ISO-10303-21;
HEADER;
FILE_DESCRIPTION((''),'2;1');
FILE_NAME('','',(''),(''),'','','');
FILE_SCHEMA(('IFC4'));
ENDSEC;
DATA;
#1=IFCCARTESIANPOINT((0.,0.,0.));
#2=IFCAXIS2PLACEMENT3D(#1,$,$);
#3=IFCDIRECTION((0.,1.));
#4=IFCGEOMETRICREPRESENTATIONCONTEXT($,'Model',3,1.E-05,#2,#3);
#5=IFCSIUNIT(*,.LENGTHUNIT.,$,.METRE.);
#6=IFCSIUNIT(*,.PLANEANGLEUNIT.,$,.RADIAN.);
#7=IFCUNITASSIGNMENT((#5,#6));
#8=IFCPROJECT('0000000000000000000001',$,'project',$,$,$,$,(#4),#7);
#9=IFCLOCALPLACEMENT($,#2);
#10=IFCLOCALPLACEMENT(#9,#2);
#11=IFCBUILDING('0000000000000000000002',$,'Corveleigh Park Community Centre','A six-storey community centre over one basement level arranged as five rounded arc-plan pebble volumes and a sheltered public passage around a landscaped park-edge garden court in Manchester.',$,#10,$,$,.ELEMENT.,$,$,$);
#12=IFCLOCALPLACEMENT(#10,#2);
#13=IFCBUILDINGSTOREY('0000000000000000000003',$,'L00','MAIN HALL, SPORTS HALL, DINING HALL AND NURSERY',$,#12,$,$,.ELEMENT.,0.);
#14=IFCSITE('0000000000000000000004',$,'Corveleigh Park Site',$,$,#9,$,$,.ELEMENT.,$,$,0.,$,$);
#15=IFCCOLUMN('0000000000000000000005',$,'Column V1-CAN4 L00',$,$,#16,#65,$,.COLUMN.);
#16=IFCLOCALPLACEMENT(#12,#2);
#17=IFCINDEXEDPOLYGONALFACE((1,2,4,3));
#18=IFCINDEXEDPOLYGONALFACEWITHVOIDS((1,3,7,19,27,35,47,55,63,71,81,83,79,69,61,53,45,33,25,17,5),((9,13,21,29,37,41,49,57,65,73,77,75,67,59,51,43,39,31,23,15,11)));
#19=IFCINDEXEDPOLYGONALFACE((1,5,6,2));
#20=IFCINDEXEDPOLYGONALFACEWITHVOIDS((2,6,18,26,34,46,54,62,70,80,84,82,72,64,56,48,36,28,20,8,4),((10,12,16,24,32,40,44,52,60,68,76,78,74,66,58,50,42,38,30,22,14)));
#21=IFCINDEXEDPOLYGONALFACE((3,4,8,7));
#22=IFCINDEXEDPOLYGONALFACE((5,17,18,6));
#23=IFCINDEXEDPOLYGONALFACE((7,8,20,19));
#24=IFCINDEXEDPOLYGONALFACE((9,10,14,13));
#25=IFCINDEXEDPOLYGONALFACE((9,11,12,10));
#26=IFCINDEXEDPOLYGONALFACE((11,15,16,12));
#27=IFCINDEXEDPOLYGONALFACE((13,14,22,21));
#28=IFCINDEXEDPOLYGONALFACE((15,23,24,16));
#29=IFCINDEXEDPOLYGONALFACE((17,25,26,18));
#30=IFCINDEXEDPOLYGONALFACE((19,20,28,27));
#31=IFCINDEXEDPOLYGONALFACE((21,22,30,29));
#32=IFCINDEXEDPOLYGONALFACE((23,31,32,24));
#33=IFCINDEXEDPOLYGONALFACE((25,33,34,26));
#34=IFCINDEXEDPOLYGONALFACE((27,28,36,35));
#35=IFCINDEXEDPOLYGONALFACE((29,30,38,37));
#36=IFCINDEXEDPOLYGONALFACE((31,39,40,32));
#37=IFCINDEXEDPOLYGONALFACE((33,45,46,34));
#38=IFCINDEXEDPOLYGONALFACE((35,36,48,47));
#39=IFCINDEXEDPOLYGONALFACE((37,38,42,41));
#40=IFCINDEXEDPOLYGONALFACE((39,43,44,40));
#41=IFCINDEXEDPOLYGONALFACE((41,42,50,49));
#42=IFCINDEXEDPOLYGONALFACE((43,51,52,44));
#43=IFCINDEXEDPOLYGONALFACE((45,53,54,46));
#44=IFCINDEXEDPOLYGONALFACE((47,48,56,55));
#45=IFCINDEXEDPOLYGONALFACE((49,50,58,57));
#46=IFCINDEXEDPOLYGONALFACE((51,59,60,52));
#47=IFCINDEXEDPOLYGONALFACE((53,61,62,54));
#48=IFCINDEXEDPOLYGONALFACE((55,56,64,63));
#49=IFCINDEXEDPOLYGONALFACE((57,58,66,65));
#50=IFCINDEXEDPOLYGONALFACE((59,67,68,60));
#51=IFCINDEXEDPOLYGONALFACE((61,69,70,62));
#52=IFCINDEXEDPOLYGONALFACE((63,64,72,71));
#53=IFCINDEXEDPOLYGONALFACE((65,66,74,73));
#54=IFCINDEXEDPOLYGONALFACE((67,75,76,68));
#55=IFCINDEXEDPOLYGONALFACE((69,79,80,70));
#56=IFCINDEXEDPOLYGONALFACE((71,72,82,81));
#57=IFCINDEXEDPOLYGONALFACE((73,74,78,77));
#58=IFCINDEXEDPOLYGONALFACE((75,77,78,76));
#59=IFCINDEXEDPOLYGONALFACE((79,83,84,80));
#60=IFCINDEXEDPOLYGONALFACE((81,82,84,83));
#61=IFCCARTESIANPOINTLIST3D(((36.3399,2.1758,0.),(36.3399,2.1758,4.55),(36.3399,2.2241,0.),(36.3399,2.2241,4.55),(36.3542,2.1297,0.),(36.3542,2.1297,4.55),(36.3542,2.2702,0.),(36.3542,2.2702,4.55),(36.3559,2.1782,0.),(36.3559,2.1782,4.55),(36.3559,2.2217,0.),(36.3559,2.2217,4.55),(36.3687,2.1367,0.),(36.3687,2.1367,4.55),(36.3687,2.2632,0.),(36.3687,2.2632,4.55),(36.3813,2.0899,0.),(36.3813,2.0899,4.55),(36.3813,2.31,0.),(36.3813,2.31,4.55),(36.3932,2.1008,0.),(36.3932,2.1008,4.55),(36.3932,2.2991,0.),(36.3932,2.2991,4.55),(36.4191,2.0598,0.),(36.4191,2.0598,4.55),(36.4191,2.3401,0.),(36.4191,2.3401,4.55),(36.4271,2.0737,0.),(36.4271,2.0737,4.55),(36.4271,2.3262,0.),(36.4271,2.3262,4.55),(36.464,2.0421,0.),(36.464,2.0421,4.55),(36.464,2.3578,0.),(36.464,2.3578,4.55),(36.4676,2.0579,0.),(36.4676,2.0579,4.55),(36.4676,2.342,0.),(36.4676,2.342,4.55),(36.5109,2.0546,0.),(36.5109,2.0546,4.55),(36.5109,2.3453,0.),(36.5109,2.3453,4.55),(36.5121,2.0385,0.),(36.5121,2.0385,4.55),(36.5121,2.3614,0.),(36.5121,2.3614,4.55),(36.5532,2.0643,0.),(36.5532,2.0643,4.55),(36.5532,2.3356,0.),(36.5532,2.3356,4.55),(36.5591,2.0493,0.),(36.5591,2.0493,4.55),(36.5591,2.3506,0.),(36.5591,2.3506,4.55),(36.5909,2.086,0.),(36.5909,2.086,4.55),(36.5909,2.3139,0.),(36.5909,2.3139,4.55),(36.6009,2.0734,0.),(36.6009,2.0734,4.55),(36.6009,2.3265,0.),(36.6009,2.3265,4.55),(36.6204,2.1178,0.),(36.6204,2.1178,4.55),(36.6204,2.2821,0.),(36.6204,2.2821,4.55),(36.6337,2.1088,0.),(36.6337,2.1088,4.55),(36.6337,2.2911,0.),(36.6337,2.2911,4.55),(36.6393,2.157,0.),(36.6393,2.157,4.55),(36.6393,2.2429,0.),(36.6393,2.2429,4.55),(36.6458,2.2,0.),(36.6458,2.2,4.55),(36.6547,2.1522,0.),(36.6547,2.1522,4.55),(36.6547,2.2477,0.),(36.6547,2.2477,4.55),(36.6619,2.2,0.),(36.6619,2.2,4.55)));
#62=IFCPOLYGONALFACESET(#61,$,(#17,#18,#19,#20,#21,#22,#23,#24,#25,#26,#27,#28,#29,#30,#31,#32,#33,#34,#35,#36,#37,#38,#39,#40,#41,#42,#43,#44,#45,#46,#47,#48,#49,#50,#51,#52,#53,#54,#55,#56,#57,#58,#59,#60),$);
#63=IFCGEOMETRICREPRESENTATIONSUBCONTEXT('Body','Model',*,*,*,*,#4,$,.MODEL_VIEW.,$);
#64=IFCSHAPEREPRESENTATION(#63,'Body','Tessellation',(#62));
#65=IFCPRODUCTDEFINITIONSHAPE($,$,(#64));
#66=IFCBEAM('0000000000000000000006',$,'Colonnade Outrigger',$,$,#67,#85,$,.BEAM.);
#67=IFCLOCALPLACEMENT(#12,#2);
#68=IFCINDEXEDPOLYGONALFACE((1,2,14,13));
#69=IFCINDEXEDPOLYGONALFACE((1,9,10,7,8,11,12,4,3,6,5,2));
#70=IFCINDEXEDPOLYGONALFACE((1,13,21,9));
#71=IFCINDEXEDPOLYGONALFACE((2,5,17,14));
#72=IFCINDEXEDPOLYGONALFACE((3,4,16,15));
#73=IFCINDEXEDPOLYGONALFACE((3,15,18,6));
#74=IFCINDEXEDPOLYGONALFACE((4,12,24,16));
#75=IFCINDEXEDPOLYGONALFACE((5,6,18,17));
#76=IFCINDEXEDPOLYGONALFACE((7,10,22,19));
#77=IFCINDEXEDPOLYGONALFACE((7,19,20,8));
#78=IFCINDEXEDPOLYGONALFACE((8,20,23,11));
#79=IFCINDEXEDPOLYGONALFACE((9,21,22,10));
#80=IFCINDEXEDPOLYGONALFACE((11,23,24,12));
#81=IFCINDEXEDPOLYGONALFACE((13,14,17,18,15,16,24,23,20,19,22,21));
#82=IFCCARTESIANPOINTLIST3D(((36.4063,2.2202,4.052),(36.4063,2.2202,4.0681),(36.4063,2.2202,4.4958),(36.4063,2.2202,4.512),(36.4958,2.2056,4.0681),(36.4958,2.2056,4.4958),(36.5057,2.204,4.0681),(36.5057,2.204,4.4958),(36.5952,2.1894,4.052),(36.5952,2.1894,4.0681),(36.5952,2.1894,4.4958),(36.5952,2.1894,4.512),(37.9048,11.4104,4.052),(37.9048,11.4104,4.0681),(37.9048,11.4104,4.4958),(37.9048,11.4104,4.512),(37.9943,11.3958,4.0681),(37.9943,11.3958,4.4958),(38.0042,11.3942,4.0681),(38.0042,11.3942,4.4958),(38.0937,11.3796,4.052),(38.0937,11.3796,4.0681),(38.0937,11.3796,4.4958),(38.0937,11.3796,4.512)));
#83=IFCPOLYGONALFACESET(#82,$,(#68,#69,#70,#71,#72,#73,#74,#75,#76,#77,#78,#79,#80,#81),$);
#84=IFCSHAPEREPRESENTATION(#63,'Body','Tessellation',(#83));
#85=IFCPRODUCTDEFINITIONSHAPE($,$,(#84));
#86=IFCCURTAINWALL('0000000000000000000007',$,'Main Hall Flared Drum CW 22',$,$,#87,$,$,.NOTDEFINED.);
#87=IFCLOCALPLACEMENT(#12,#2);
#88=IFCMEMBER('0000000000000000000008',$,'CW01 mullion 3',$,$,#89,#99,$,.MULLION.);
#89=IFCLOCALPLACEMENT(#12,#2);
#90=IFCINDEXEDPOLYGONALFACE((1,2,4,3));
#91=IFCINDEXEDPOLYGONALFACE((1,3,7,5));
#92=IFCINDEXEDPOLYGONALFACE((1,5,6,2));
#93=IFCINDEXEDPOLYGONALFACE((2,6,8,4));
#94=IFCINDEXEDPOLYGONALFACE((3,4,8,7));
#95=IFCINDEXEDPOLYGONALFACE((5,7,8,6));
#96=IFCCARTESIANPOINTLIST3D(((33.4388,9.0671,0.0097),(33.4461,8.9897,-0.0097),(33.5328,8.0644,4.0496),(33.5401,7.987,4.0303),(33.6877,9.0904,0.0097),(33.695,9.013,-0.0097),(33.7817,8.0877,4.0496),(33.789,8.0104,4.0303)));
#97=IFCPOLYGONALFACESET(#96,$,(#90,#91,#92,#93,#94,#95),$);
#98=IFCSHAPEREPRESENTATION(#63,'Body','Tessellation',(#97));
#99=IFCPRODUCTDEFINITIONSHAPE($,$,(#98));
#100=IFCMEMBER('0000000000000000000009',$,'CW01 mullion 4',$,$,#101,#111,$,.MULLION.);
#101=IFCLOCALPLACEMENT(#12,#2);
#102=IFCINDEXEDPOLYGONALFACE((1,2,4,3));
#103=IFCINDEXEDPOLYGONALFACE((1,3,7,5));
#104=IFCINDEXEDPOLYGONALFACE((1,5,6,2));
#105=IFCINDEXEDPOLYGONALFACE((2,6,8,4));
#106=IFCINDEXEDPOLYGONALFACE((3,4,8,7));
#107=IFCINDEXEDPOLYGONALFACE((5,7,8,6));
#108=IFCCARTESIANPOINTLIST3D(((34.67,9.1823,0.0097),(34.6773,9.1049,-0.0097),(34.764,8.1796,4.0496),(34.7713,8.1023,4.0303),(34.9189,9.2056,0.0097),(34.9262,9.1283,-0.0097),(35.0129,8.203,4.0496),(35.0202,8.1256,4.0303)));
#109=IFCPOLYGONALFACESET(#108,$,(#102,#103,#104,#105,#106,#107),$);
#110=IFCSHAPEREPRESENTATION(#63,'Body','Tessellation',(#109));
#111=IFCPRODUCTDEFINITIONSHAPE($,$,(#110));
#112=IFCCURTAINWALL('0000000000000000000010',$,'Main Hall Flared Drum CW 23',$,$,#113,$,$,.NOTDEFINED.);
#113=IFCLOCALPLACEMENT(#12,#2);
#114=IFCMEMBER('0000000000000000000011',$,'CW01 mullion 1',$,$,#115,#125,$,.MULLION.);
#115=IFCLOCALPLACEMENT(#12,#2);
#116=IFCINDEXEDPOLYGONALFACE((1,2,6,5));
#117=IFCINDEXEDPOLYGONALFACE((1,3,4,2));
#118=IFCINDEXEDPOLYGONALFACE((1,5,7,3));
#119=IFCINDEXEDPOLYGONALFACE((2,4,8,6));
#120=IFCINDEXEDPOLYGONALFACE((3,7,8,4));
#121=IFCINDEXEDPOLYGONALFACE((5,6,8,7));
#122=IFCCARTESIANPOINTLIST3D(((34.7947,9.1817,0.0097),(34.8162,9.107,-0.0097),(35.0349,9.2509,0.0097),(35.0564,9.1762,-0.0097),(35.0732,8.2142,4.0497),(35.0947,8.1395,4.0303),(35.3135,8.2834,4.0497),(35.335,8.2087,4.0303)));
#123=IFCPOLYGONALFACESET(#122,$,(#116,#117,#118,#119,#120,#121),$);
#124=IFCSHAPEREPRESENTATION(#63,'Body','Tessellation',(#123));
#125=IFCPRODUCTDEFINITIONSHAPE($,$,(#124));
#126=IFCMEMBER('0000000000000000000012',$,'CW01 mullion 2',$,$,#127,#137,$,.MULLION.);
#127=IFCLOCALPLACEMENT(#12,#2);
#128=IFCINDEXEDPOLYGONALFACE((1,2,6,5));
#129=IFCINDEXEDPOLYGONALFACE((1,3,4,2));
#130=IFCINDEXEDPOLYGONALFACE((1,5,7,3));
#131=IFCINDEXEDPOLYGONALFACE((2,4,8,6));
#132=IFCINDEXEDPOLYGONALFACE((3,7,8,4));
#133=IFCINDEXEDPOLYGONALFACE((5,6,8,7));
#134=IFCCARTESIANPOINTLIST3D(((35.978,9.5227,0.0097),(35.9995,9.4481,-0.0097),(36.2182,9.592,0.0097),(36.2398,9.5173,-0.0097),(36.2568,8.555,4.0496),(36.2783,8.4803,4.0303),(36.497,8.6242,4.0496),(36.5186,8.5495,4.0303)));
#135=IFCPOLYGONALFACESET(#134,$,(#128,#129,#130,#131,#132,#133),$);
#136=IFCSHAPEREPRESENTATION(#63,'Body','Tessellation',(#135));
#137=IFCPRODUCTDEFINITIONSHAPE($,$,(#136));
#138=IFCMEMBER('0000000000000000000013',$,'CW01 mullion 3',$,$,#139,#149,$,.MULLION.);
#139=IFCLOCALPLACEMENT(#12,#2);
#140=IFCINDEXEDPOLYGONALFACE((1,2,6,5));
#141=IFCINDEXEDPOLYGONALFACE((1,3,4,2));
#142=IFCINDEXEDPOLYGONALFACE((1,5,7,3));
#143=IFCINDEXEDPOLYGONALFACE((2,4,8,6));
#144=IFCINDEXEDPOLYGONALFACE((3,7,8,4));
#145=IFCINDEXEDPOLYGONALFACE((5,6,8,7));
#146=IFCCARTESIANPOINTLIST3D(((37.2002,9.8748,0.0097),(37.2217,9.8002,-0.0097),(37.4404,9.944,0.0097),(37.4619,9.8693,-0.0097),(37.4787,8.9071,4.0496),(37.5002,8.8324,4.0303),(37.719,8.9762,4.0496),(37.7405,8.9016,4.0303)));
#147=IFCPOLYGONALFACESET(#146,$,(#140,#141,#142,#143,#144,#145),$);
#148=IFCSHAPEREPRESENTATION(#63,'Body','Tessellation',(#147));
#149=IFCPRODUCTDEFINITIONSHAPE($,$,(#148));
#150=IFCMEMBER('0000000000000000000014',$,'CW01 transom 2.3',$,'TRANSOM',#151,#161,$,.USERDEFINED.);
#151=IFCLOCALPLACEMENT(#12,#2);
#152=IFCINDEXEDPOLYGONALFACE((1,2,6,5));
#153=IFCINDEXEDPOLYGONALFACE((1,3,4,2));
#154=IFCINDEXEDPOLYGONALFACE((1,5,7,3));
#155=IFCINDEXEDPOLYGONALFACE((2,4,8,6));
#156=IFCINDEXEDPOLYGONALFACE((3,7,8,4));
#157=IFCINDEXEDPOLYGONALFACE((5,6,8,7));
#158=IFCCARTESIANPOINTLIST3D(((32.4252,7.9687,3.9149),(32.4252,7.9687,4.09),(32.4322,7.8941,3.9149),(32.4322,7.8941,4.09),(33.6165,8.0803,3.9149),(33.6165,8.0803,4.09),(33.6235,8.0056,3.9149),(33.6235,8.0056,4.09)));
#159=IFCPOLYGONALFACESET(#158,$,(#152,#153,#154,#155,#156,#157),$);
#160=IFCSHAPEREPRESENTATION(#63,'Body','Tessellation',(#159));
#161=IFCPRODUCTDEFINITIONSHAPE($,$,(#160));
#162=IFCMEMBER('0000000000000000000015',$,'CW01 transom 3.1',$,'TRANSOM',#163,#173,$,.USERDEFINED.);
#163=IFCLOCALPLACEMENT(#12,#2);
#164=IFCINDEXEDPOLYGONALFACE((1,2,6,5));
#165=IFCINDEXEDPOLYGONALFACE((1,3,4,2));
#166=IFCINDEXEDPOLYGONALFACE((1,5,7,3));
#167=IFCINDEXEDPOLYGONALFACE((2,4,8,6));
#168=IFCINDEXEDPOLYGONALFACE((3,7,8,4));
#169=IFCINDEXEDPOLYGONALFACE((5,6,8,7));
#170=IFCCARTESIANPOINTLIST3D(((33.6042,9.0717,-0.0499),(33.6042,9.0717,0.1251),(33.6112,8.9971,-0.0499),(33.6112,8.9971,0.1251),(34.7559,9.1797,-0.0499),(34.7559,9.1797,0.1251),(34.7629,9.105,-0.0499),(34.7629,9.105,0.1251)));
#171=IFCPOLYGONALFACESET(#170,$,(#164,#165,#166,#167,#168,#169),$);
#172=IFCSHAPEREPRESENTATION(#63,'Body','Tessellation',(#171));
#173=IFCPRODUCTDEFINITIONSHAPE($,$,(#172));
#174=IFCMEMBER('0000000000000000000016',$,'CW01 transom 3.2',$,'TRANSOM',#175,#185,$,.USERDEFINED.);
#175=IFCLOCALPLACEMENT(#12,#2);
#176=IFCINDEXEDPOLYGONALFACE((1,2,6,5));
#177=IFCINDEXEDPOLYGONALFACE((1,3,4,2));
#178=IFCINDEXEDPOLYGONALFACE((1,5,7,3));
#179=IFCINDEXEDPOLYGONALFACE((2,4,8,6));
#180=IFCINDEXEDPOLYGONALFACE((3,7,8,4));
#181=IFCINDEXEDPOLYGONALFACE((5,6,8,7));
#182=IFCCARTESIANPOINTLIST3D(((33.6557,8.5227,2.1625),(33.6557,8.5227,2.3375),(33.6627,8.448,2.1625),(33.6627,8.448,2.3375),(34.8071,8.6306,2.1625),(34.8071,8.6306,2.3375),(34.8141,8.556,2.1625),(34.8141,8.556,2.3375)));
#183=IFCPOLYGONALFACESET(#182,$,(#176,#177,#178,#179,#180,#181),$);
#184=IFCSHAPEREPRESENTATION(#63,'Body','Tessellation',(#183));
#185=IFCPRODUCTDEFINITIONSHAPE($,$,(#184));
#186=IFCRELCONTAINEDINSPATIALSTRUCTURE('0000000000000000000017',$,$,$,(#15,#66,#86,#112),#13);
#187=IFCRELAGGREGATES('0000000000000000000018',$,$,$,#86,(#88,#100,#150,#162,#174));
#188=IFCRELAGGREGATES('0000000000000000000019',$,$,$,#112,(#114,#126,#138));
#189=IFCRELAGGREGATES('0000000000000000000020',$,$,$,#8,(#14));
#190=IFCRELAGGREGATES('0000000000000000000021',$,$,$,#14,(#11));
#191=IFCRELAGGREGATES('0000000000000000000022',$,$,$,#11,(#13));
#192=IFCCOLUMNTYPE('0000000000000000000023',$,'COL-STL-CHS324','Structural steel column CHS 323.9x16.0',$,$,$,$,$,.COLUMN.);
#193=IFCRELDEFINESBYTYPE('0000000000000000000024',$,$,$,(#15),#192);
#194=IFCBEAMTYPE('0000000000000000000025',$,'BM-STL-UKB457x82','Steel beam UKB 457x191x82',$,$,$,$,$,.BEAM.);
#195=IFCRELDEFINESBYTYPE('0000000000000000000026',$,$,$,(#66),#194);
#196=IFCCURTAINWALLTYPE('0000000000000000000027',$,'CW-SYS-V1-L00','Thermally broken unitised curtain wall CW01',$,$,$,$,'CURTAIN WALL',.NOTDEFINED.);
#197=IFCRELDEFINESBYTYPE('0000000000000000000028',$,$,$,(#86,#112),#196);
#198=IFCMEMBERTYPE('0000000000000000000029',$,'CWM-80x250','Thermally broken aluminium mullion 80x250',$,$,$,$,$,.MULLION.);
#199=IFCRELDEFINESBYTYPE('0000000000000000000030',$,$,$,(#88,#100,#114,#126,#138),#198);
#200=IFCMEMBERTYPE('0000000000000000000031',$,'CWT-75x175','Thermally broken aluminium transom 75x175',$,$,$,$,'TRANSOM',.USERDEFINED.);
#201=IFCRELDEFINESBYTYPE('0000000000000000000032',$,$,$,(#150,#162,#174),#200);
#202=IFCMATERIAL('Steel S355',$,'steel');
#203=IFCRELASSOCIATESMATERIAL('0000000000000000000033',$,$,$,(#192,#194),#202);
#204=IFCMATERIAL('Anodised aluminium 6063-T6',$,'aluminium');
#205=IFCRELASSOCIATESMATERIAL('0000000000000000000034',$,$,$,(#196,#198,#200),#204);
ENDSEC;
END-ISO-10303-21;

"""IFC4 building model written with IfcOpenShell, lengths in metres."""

from ifc_helpers import new_model, si_unit, direction, frame, origin, origin_2d, place, context, subcontext, project, spatial, rectangle, hollow_circle, i_section, extrude, material, material_profile, profile_set, type_object, element, aggregate, save


model = new_model("IFC4")

# Units and contexts
model_context = context("Model", 3, precision=1e-05, world=origin(), true_north=direction((0.0, 1.0)))
body_context = subcontext(model_context, "Body", "Model", "MODEL_VIEW")
ifc_project = project(units=[si_unit("LENGTHUNIT", "METRE"), si_unit("PLANEANGLEUNIT", "RADIAN")], contexts=[model_context])

# Site, building, storey
site_placement = place(None, origin())
site = spatial("IfcSite", under=ifc_project, at=site_placement, Name="Corveleigh Park Site", CompositionType="ELEMENT", RefElevation=0.0)
building_placement = place(site_placement, origin())
building = spatial("IfcBuilding", under=site, at=building_placement, Name="Corveleigh Park Community Centre", Description="A six-storey community centre over one basement level arranged as five rounded arc-plan pebble volumes and a sheltered public passage around a landscaped park-edge garden court in Manchester.", CompositionType="ELEMENT")
storey_placement = place(building_placement, origin())
storey = spatial("IfcBuildingStorey", under=building, at=storey_placement, Name="L00", Description="MAIN HALL, SPORTS HALL, DINING HALL AND NURSERY", CompositionType="ELEMENT", Elevation=0.0)

# Column
ifc_material_1 = material(Name="Steel S355", Category="steel")
ifc_material_profile_1 = material_profile(ifc_material_1, hollow_circle(Radius=0.1619, WallThickness=0.0161, at=origin_2d()), Name="CHS 323.9x16.0", Category="steel")
ifc_profile_set_1 = profile_set([ifc_material_profile_1], Name="Steel S355")
column_type = type_object("IfcColumnType", Name="COL-STL-CHS324", Description="Structural steel column CHS 323.9x16.0", PredefinedType="COLUMN", material=ifc_profile_set_1)
column_placement = place(storey_placement, frame((36.5, 2.2, 0.0), z_axis=(0.0, 0.0, 1.0), x_axis=(1.0, 0.0, 0.0)))
element("IfcColumn", 1, at=column_placement, inside=storey, type_object=column_type, Name="Column V1-CAN4 L00", PredefinedType="COLUMN", context=body_context, shape_type="SweptSolid", body=[
    extrude(hollow_circle(Radius=0.1619, WallThickness=0.0161, at=origin_2d()), origin(), (0.0, 0.0, 1.0), 4.55),
])

# Beam
ifc_material_profile_2 = material_profile(ifc_material_1, i_section(OverallWidth=0.1914, OverallDepth=0.46, WebThickness=0.01, FlangeThickness=0.0161, at=origin_2d()), Name="UKB 457x191x82", Category="steel")
ifc_profile_set_2 = profile_set([ifc_material_profile_2], Name="Steel S355")
beam_type_1 = type_object("IfcBeamType", Name="BM-STL-UKB457x82", Description="Steel beam UKB 457x191x82", PredefinedType="BEAM", material=ifc_profile_set_2)
beam_1_placement = place(storey_placement, frame((36.5007, 2.2048, 4.282), z_axis=(0.160933, 0.986965, 0.0), x_axis=(-0.986965, 0.160933, 0.0)))
element("IfcBeam", 2, at=beam_1_placement, inside=storey, type_object=beam_type_1, Name="Colonnade Outrigger", PredefinedType="BEAM", context=body_context, shape_type="SweptSolid", body=[
    extrude(i_section(OverallWidth=0.1914, OverallDepth=0.46, WebThickness=0.01, FlangeThickness=0.0161, at=origin_2d()), origin(), (0.0, 0.0, 1.0), 9.3115),
])

# Curtain walls, members
ifc_material_2 = material(Name="Anodised aluminium 6063-T6", Category="aluminium")
curtain_wall_type = type_object("IfcCurtainWallType", Name="CW-SYS-V1-L00", Description="Thermally broken unitised curtain wall CW01", ElementType="CURTAIN WALL", PredefinedType="NOTDEFINED", material=ifc_material_2)
curtain_wall_1_placement = place(storey_placement, origin())
curtain_wall_1 = element("IfcCurtainWall", 3, at=curtain_wall_1_placement, inside=storey, type_object=curtain_wall_type, Name="Main Hall Flared Drum CW 22", PredefinedType="NOTDEFINED")
ifc_material_profile_3 = material_profile(ifc_material_2, rectangle(XDim=0.0801, YDim=0.25, at=origin_2d()), Name="ALU-M80x250", Category="aluminium")
ifc_profile_set_3 = profile_set([ifc_material_profile_3], Name="Anodised aluminium 6063-T6")
member_type_1 = type_object("IfcMemberType", Name="CWM-80x250", Description="Thermally broken aluminium mullion 80x250", PredefinedType="MULLION", material=ifc_profile_set_3)
member_1_placement = place(storey_placement, frame((33.5669, 9.04, 0.0), z_axis=(0.022575, -0.240818, 0.970308), x_axis=(-0.090562, 0.966072, 0.241874)))
member_1 = element("IfcMember", 4, at=member_1_placement, type_object=member_type_1, Name="CW01 mullion 3", PredefinedType="MULLION", context=body_context, shape_type="SweptSolid", body=[
    extrude(rectangle(XDim=0.0801, YDim=0.25, at=origin_2d()), origin(), (0.0, 0.0, 1.0), 4.1636),
])
member_2_placement = place(storey_placement, frame((34.7981, 9.1553, 0.0), z_axis=(0.022575, -0.240818, 0.970308), x_axis=(-0.090562, 0.966072, 0.241874)))
member_2 = element("IfcMember", 5, at=member_2_placement, type_object=member_type_1, Name="CW01 mullion 4", PredefinedType="MULLION", context=body_context, shape_type="SweptSolid", body=[
    extrude(rectangle(XDim=0.0801, YDim=0.25, at=origin_2d()), origin(), (0.0, 0.0, 1.0), 4.1636),
])
curtain_wall_2_placement = place(storey_placement, origin())
curtain_wall_2 = element("IfcCurtainWall", 6, at=curtain_wall_2_placement, inside=storey, type_object=curtain_wall_type, Name="Main Hall Flared Drum CW 23", PredefinedType="NOTDEFINED")
member_3_placement = place(storey_placement, frame((34.9255, 9.179, 0.0), z_axis=(0.066905, -0.232378, 0.970322), x_axis=(-0.268463, 0.932444, 0.241817)))
member_3 = element("IfcMember", 7, at=member_3_placement, type_object=member_type_1, Name="CW01 mullion 1", PredefinedType="MULLION", context=body_context, shape_type="SweptSolid", body=[
    extrude(rectangle(XDim=0.0801, YDim=0.25, at=origin_2d()), origin(), (0.0, 0.0, 1.0), 4.1636),
])
member_4_placement = place(storey_placement, frame((36.1089, 9.52, 0.0), z_axis=(0.066962, -0.232432, 0.970305), x_axis=(-0.268613, 0.932383, 0.241886)))
member_4 = element("IfcMember", 8, at=member_4_placement, type_object=member_type_1, Name="CW01 mullion 2", PredefinedType="MULLION", context=body_context, shape_type="SweptSolid", body=[
    extrude(rectangle(XDim=0.0801, YDim=0.25, at=origin_2d()), origin(), (0.0, 0.0, 1.0), 4.1636),
])
member_5_placement = place(storey_placement, frame((37.3311, 9.8721, 0.0), z_axis=(0.066904, -0.232433, 0.970309), x_axis=(-0.268397, 0.932449, 0.24187)))
member_5 = element("IfcMember", 9, at=member_5_placement, type_object=member_type_1, Name="CW01 mullion 3", PredefinedType="MULLION", context=body_context, shape_type="SweptSolid", body=[
    extrude(rectangle(XDim=0.0801, YDim=0.25, at=origin_2d()), origin(), (0.0, 0.0, 1.0), 4.1636),
])

# Members
ifc_material_profile_4 = material_profile(ifc_material_2, rectangle(XDim=0.075, YDim=0.175, at=origin_2d()), Name="ALU-T75x175", Category="aluminium")
ifc_profile_set_4 = profile_set([ifc_material_profile_4], Name="Anodised aluminium 6063-T6")
member_type_2 = type_object("IfcMemberType", Name="CWT-75x175", Description="Thermally broken aluminium transom 75x175", ElementType="TRANSOM", PredefinedType="USERDEFINED", material=ifc_profile_set_4)
member_6_placement = place(storey_placement, frame((32.4287, 7.9314, 4.0024), z_axis=(0.995644, 0.09324, 0.0), x_axis=(-0.09324, 0.995644, 0.0)))
member_6 = element("IfcMember", 10, at=member_6_placement, type_object=member_type_2, Name="CW01 transom 2.3", ObjectType="TRANSOM", PredefinedType="USERDEFINED", context=body_context, shape_type="SweptSolid", body=[
    extrude(rectangle(XDim=0.075, YDim=0.175, at=origin_2d()), origin(), (0.0, 0.0, 1.0), 1.1965),
])
member_7_placement = place(storey_placement, frame((33.6077, 9.0344, 0.0376), z_axis=(0.995639, 0.093295, 0.0), x_axis=(-0.093295, 0.995639, 0.0)))
member_7 = element("IfcMember", 11, at=member_7_placement, type_object=member_type_2, Name="CW01 transom 3.1", ObjectType="TRANSOM", PredefinedType="USERDEFINED", context=body_context, shape_type="SweptSolid", body=[
    extrude(rectangle(XDim=0.075, YDim=0.175, at=origin_2d()), origin(), (0.0, 0.0, 1.0), 1.1567),
])
member_8_placement = place(storey_placement, frame((33.6592, 8.4854, 2.25), z_axis=(0.995637, 0.093315, 0.0), x_axis=(-0.093315, 0.995637, 0.0)))
member_8 = element("IfcMember", 12, at=member_8_placement, type_object=member_type_2, Name="CW01 transom 3.2", ObjectType="TRANSOM", PredefinedType="USERDEFINED", context=body_context, shape_type="SweptSolid", body=[
    extrude(rectangle(XDim=0.075, YDim=0.175, at=origin_2d()), origin(), (0.0, 0.0, 1.0), 1.1565),
])

aggregate(curtain_wall_1, [member_1, member_2, member_6, member_7, member_8])
aggregate(curtain_wall_2, [member_3, member_4, member_5])

save(model, "model.ifc")
